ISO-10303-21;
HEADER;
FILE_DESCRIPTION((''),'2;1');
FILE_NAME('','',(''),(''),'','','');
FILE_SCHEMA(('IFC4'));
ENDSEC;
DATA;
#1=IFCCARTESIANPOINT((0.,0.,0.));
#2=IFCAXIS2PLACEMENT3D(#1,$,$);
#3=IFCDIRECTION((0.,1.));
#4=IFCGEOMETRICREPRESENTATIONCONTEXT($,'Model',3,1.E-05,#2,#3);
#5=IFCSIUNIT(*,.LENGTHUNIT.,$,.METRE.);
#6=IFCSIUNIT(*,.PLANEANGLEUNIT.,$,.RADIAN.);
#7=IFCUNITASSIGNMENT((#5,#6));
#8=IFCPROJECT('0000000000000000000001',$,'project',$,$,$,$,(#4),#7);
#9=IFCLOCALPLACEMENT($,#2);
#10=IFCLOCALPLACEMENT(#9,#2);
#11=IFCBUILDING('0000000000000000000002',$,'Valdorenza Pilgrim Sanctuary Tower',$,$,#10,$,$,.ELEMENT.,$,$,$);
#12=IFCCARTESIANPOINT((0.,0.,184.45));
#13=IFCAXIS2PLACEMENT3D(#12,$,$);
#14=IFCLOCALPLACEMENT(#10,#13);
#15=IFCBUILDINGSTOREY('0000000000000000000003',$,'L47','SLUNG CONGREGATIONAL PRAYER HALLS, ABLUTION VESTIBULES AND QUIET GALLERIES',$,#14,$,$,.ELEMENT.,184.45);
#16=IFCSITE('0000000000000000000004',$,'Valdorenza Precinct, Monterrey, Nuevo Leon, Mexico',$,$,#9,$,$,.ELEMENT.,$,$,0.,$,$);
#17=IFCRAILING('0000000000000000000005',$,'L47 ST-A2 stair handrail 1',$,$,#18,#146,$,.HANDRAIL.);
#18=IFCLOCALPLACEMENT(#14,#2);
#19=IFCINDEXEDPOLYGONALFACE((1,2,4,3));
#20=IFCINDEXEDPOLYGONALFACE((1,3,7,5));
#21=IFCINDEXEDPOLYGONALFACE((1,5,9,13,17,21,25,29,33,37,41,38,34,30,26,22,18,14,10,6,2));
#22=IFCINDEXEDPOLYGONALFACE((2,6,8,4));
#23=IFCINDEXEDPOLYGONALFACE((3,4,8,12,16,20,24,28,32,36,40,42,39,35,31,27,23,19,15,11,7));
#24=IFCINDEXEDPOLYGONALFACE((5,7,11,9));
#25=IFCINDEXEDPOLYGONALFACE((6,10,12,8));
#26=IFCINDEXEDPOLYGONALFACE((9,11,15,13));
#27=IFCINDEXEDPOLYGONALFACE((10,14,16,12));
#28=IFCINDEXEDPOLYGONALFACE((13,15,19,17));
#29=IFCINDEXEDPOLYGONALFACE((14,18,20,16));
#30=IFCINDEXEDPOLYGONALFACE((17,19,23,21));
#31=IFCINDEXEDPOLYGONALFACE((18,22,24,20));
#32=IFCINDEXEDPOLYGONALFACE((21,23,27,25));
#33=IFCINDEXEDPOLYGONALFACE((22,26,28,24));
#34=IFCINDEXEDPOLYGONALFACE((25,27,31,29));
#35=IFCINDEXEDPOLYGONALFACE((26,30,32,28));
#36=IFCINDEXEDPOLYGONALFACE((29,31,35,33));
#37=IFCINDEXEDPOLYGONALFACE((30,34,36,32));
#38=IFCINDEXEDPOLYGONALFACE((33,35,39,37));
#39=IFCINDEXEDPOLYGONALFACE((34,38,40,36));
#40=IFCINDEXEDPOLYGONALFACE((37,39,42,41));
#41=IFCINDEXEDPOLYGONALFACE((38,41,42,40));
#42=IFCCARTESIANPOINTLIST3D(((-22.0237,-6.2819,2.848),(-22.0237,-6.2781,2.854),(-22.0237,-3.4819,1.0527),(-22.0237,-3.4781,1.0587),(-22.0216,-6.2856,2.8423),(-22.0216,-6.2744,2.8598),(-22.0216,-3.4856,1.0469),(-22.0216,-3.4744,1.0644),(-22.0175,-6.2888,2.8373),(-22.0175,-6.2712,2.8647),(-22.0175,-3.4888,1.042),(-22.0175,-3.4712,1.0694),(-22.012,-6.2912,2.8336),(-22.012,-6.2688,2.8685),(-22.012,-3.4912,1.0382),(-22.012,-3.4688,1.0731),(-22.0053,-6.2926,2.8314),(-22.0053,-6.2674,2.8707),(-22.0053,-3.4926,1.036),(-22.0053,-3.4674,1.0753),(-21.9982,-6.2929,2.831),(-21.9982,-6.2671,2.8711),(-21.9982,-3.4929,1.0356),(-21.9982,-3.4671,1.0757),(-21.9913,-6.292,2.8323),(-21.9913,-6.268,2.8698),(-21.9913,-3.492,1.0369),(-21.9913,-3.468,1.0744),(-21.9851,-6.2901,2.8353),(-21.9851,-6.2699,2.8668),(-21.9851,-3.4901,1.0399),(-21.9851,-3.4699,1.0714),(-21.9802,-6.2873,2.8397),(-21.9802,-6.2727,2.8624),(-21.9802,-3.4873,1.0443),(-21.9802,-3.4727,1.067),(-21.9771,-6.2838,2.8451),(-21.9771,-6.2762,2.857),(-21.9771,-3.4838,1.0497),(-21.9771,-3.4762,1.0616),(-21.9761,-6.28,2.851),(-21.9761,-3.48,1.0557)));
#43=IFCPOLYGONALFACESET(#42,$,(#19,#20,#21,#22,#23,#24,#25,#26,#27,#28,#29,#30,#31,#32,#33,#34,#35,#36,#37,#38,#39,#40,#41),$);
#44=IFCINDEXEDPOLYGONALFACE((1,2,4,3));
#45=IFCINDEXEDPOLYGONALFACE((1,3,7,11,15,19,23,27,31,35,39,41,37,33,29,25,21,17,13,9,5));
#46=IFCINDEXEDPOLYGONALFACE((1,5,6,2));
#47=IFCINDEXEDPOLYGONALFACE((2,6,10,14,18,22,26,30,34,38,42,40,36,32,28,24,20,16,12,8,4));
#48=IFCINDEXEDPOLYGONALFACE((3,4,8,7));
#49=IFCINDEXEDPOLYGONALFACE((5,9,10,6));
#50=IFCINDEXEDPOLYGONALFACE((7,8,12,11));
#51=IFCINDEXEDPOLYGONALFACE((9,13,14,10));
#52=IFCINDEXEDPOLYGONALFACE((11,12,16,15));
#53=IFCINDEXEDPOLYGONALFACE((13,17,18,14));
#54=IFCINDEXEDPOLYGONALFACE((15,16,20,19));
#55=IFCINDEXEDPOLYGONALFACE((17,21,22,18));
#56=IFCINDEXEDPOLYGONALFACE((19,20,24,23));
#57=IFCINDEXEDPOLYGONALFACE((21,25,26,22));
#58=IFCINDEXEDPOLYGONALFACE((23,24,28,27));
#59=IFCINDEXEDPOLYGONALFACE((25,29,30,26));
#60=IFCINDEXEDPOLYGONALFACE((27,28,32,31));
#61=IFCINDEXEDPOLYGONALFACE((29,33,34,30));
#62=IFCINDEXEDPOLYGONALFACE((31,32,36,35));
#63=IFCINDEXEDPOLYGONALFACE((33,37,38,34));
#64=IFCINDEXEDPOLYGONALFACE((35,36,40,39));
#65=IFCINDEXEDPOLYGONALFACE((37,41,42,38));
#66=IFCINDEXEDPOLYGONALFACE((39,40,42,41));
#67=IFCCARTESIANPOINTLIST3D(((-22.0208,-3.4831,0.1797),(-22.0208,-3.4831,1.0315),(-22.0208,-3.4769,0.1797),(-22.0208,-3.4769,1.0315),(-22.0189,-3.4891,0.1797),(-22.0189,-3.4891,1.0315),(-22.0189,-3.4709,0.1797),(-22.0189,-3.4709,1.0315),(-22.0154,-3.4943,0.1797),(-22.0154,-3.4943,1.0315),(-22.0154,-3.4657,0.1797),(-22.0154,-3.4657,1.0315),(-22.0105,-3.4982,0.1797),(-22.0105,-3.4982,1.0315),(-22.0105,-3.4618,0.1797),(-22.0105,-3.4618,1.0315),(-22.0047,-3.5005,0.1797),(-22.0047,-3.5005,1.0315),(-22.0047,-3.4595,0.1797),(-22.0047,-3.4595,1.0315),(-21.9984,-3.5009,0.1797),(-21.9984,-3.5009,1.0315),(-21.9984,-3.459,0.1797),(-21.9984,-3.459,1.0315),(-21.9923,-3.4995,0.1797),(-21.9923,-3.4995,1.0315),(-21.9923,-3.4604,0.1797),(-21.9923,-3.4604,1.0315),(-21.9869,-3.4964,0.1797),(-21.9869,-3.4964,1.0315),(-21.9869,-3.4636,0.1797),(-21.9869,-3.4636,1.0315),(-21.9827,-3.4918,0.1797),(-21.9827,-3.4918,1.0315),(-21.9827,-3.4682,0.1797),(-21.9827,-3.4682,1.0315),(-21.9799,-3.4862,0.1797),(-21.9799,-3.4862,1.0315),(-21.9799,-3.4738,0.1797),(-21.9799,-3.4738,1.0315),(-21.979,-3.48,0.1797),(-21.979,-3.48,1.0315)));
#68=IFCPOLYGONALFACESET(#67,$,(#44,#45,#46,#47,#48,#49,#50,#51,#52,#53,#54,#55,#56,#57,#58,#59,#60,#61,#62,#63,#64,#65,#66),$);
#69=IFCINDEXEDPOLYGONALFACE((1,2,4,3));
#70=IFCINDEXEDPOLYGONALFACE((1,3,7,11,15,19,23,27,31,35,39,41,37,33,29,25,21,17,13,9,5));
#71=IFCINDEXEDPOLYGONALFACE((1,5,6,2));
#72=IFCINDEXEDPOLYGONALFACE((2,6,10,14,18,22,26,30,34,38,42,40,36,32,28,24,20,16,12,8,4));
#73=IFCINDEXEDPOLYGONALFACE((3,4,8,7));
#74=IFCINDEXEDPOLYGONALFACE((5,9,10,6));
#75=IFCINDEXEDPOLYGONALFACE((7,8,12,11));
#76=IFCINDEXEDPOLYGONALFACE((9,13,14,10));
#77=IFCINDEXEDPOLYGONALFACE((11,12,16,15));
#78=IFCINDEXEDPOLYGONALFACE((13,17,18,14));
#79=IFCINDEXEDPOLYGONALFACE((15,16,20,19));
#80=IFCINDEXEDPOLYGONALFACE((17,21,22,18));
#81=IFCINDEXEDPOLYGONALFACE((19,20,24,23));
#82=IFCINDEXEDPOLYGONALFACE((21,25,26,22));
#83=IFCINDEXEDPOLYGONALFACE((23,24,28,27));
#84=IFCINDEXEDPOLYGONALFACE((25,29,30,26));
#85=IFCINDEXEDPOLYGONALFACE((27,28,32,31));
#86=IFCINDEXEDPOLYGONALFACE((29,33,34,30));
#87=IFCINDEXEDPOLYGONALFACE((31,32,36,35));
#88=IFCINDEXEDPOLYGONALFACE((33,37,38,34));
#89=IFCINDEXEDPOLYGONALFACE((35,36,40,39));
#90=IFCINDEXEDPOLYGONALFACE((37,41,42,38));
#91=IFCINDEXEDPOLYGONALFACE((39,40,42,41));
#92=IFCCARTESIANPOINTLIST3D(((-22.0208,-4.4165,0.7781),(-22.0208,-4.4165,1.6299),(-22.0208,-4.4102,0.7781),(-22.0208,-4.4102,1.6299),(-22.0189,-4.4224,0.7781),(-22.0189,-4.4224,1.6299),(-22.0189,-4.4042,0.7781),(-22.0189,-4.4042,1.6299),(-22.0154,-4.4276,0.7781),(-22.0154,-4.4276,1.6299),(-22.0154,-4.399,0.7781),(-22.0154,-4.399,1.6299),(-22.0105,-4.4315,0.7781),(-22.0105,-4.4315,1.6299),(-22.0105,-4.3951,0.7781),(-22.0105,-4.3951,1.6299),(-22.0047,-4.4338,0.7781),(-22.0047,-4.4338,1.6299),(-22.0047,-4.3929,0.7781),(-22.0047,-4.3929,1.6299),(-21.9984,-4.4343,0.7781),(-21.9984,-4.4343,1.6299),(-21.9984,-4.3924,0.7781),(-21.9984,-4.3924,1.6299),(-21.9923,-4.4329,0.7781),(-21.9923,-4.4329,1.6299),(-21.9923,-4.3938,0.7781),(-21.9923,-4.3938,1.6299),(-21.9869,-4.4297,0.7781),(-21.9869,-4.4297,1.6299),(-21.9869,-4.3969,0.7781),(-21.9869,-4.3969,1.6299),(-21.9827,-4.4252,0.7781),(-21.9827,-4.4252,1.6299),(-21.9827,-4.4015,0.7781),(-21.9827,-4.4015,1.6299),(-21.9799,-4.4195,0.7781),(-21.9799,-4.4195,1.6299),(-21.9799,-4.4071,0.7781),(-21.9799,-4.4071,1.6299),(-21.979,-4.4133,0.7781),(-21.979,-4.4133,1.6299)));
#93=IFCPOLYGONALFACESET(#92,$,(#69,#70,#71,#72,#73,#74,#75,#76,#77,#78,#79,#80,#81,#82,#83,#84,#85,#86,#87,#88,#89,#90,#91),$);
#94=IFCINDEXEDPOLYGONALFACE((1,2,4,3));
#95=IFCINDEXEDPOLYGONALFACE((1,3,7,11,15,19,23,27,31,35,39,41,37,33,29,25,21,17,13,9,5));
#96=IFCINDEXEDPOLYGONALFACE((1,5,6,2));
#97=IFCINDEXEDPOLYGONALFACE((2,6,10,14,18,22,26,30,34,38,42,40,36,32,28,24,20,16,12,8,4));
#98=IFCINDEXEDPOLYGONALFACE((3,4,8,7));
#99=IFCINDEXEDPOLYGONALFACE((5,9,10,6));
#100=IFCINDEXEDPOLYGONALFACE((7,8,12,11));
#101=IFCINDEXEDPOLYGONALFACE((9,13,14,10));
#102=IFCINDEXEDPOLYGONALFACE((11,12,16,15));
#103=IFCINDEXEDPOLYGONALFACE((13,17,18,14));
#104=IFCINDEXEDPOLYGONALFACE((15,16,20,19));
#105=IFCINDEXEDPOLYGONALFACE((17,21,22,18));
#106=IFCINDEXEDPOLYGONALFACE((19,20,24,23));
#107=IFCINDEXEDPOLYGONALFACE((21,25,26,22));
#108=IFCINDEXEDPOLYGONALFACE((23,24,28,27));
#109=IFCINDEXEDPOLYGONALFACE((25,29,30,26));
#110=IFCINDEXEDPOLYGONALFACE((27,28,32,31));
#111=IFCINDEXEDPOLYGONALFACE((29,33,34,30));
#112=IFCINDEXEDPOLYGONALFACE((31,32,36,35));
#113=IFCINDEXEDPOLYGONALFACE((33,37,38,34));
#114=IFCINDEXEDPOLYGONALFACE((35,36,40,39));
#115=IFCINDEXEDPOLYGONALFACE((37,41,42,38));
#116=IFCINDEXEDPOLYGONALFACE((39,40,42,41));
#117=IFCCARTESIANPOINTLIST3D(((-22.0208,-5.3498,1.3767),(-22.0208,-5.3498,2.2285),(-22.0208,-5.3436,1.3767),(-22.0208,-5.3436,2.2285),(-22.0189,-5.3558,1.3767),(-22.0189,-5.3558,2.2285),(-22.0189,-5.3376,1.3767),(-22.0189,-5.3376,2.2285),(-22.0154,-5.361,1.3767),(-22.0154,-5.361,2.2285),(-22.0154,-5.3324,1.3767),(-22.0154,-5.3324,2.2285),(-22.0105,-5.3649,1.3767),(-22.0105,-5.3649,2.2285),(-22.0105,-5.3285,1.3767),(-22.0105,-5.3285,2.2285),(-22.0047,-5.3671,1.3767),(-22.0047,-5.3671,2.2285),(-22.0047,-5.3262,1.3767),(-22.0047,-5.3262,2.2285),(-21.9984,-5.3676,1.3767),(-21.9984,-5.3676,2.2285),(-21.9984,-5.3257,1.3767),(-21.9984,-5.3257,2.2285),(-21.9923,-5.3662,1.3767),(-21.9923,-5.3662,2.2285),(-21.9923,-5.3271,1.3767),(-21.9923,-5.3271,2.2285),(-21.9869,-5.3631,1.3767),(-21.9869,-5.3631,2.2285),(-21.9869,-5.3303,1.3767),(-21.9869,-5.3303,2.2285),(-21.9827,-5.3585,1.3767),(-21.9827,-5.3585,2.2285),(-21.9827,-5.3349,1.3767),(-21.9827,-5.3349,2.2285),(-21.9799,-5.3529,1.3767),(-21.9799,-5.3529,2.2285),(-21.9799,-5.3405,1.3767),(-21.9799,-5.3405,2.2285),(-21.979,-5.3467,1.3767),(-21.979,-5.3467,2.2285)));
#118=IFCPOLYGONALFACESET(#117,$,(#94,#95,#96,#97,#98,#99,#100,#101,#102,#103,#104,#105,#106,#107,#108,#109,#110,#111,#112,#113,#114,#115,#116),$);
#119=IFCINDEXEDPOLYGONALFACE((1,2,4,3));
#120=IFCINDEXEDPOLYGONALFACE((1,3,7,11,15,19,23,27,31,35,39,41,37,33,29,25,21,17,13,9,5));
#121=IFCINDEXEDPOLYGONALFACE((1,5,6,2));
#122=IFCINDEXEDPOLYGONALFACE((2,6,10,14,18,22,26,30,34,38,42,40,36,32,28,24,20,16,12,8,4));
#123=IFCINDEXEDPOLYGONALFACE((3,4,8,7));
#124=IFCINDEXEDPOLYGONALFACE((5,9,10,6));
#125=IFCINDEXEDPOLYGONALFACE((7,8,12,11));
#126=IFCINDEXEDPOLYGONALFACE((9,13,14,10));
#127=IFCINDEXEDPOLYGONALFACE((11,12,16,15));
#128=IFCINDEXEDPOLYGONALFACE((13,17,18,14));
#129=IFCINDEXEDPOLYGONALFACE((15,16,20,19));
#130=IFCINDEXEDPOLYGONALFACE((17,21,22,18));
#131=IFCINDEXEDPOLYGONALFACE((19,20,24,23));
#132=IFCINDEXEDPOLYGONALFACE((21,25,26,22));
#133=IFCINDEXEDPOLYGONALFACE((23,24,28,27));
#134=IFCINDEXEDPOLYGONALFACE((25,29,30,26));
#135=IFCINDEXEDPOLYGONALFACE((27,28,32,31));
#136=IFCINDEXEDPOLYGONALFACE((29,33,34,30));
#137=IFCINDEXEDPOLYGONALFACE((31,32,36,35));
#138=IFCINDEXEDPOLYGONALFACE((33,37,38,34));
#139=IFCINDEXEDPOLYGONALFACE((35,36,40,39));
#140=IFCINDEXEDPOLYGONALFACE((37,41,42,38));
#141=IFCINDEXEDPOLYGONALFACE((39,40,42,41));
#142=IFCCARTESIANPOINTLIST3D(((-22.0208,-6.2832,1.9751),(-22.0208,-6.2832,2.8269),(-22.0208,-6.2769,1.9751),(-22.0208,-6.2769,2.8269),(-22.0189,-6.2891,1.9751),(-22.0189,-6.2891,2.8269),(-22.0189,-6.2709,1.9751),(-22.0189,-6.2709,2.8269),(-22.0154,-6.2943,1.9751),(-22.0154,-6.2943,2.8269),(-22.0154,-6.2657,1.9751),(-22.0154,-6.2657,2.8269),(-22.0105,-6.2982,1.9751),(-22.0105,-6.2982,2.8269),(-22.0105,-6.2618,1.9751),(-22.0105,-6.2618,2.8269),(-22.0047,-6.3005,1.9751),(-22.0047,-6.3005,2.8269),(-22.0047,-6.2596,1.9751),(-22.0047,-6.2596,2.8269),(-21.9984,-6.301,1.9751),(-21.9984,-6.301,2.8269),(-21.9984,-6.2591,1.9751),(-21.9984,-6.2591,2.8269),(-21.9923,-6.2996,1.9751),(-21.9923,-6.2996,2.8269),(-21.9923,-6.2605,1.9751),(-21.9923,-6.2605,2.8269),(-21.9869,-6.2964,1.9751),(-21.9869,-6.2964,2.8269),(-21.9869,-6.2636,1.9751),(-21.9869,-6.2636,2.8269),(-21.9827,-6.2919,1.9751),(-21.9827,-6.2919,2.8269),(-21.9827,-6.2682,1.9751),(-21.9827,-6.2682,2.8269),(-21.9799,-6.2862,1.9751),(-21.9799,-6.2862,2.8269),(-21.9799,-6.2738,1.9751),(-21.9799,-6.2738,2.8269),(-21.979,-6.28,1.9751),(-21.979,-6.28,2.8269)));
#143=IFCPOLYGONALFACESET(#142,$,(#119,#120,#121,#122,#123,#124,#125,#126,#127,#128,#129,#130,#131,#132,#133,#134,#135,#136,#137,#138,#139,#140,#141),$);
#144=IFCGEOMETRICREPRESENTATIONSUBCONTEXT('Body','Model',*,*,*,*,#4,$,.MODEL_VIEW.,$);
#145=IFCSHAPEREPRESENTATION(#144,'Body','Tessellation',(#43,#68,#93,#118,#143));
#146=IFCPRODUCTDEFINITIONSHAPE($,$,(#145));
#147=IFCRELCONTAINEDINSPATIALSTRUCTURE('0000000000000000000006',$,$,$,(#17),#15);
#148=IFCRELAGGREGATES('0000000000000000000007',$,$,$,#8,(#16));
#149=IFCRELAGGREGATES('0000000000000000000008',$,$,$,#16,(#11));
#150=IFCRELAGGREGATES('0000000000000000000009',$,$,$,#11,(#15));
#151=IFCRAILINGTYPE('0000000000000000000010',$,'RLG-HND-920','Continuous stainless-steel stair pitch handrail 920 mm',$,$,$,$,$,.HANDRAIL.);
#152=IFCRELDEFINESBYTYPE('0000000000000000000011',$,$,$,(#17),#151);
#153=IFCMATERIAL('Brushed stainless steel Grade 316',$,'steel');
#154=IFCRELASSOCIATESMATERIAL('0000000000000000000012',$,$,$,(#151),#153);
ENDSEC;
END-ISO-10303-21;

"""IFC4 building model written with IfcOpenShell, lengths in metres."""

from ifc_helpers import new_model, si_unit, direction, frame, origin, origin_2d, place, context, subcontext, project, spatial, circle, extrude, material, type_object, element, save


model = new_model("IFC4")

# Units and contexts
model_context = context("Model", 3, precision=1e-05, world=origin(), true_north=direction((0.0, 1.0)))
body_context = subcontext(model_context, "Body", "Model", "MODEL_VIEW")
ifc_project = project(units=[si_unit("LENGTHUNIT", "METRE"), si_unit("PLANEANGLEUNIT", "RADIAN")], contexts=[model_context])

# Site, building, storey
site_placement = place(None, origin())
site = spatial("IfcSite", under=ifc_project, at=site_placement, Name="Valdorenza Precinct, Monterrey, Nuevo Leon, Mexico", CompositionType="ELEMENT", RefElevation=0.0)
building_placement = place(site_placement, origin())
building = spatial("IfcBuilding", under=site, at=building_placement, Name="Valdorenza Pilgrim Sanctuary Tower", CompositionType="ELEMENT")
storey_placement = place(building_placement, frame((0.0, 0.0, 184.45)))
storey = spatial("IfcBuildingStorey", under=building, at=storey_placement, Name="L47", Description="SLUNG CONGREGATIONAL PRAYER HALLS, ABLUTION VESTIBULES AND QUIET GALLERIES", CompositionType="ELEMENT", Elevation=184.45)

# Railing
ifc_material_1 = material(Name="Brushed stainless steel Grade 316", Category="steel")
railing_type_1 = type_object("IfcRailingType", Name="RLG-HND-920", Description="Continuous stainless-steel stair pitch handrail 920 mm", PredefinedType="HANDRAIL", material=ifc_material_1)
railing_1_placement = place(storey_placement, frame((-22.0, -3.48, 0.1797)))
element("IfcRailing", 1, at=railing_1_placement, inside=storey, type_object=railing_type_1, Name="L47 ST-A2 stair handrail 1", PredefinedType="HANDRAIL", context=body_context, shape_type="SweptSolid", body=[
    extrude(circle(Radius=0.0239, at=origin_2d()), frame((0.0, 0.0, 0.876), z_axis=(0.0, -0.84181, 0.539774), x_axis=(1.0, 0.0, 0.0)), (0.0, 0.0, 1.0), 3.3262),
    extrude(circle(Radius=0.021, at=origin_2d()), origin(), (0.0, 0.0, 1.0), 0.8518),
    extrude(circle(Radius=0.021, at=origin_2d()), frame((0.0, -0.9333, 0.5984)), (0.0, 0.0, 1.0), 0.8518),
    extrude(circle(Radius=0.021, at=origin_2d()), frame((0.0, -1.8667, 1.197)), (0.0, 0.0, 1.0), 0.8518),
    extrude(circle(Radius=0.021, at=origin_2d()), frame((0.0, -2.8, 1.7954)), (0.0, 0.0, 1.0), 0.8518),
])

save(model, "model.ifc")
